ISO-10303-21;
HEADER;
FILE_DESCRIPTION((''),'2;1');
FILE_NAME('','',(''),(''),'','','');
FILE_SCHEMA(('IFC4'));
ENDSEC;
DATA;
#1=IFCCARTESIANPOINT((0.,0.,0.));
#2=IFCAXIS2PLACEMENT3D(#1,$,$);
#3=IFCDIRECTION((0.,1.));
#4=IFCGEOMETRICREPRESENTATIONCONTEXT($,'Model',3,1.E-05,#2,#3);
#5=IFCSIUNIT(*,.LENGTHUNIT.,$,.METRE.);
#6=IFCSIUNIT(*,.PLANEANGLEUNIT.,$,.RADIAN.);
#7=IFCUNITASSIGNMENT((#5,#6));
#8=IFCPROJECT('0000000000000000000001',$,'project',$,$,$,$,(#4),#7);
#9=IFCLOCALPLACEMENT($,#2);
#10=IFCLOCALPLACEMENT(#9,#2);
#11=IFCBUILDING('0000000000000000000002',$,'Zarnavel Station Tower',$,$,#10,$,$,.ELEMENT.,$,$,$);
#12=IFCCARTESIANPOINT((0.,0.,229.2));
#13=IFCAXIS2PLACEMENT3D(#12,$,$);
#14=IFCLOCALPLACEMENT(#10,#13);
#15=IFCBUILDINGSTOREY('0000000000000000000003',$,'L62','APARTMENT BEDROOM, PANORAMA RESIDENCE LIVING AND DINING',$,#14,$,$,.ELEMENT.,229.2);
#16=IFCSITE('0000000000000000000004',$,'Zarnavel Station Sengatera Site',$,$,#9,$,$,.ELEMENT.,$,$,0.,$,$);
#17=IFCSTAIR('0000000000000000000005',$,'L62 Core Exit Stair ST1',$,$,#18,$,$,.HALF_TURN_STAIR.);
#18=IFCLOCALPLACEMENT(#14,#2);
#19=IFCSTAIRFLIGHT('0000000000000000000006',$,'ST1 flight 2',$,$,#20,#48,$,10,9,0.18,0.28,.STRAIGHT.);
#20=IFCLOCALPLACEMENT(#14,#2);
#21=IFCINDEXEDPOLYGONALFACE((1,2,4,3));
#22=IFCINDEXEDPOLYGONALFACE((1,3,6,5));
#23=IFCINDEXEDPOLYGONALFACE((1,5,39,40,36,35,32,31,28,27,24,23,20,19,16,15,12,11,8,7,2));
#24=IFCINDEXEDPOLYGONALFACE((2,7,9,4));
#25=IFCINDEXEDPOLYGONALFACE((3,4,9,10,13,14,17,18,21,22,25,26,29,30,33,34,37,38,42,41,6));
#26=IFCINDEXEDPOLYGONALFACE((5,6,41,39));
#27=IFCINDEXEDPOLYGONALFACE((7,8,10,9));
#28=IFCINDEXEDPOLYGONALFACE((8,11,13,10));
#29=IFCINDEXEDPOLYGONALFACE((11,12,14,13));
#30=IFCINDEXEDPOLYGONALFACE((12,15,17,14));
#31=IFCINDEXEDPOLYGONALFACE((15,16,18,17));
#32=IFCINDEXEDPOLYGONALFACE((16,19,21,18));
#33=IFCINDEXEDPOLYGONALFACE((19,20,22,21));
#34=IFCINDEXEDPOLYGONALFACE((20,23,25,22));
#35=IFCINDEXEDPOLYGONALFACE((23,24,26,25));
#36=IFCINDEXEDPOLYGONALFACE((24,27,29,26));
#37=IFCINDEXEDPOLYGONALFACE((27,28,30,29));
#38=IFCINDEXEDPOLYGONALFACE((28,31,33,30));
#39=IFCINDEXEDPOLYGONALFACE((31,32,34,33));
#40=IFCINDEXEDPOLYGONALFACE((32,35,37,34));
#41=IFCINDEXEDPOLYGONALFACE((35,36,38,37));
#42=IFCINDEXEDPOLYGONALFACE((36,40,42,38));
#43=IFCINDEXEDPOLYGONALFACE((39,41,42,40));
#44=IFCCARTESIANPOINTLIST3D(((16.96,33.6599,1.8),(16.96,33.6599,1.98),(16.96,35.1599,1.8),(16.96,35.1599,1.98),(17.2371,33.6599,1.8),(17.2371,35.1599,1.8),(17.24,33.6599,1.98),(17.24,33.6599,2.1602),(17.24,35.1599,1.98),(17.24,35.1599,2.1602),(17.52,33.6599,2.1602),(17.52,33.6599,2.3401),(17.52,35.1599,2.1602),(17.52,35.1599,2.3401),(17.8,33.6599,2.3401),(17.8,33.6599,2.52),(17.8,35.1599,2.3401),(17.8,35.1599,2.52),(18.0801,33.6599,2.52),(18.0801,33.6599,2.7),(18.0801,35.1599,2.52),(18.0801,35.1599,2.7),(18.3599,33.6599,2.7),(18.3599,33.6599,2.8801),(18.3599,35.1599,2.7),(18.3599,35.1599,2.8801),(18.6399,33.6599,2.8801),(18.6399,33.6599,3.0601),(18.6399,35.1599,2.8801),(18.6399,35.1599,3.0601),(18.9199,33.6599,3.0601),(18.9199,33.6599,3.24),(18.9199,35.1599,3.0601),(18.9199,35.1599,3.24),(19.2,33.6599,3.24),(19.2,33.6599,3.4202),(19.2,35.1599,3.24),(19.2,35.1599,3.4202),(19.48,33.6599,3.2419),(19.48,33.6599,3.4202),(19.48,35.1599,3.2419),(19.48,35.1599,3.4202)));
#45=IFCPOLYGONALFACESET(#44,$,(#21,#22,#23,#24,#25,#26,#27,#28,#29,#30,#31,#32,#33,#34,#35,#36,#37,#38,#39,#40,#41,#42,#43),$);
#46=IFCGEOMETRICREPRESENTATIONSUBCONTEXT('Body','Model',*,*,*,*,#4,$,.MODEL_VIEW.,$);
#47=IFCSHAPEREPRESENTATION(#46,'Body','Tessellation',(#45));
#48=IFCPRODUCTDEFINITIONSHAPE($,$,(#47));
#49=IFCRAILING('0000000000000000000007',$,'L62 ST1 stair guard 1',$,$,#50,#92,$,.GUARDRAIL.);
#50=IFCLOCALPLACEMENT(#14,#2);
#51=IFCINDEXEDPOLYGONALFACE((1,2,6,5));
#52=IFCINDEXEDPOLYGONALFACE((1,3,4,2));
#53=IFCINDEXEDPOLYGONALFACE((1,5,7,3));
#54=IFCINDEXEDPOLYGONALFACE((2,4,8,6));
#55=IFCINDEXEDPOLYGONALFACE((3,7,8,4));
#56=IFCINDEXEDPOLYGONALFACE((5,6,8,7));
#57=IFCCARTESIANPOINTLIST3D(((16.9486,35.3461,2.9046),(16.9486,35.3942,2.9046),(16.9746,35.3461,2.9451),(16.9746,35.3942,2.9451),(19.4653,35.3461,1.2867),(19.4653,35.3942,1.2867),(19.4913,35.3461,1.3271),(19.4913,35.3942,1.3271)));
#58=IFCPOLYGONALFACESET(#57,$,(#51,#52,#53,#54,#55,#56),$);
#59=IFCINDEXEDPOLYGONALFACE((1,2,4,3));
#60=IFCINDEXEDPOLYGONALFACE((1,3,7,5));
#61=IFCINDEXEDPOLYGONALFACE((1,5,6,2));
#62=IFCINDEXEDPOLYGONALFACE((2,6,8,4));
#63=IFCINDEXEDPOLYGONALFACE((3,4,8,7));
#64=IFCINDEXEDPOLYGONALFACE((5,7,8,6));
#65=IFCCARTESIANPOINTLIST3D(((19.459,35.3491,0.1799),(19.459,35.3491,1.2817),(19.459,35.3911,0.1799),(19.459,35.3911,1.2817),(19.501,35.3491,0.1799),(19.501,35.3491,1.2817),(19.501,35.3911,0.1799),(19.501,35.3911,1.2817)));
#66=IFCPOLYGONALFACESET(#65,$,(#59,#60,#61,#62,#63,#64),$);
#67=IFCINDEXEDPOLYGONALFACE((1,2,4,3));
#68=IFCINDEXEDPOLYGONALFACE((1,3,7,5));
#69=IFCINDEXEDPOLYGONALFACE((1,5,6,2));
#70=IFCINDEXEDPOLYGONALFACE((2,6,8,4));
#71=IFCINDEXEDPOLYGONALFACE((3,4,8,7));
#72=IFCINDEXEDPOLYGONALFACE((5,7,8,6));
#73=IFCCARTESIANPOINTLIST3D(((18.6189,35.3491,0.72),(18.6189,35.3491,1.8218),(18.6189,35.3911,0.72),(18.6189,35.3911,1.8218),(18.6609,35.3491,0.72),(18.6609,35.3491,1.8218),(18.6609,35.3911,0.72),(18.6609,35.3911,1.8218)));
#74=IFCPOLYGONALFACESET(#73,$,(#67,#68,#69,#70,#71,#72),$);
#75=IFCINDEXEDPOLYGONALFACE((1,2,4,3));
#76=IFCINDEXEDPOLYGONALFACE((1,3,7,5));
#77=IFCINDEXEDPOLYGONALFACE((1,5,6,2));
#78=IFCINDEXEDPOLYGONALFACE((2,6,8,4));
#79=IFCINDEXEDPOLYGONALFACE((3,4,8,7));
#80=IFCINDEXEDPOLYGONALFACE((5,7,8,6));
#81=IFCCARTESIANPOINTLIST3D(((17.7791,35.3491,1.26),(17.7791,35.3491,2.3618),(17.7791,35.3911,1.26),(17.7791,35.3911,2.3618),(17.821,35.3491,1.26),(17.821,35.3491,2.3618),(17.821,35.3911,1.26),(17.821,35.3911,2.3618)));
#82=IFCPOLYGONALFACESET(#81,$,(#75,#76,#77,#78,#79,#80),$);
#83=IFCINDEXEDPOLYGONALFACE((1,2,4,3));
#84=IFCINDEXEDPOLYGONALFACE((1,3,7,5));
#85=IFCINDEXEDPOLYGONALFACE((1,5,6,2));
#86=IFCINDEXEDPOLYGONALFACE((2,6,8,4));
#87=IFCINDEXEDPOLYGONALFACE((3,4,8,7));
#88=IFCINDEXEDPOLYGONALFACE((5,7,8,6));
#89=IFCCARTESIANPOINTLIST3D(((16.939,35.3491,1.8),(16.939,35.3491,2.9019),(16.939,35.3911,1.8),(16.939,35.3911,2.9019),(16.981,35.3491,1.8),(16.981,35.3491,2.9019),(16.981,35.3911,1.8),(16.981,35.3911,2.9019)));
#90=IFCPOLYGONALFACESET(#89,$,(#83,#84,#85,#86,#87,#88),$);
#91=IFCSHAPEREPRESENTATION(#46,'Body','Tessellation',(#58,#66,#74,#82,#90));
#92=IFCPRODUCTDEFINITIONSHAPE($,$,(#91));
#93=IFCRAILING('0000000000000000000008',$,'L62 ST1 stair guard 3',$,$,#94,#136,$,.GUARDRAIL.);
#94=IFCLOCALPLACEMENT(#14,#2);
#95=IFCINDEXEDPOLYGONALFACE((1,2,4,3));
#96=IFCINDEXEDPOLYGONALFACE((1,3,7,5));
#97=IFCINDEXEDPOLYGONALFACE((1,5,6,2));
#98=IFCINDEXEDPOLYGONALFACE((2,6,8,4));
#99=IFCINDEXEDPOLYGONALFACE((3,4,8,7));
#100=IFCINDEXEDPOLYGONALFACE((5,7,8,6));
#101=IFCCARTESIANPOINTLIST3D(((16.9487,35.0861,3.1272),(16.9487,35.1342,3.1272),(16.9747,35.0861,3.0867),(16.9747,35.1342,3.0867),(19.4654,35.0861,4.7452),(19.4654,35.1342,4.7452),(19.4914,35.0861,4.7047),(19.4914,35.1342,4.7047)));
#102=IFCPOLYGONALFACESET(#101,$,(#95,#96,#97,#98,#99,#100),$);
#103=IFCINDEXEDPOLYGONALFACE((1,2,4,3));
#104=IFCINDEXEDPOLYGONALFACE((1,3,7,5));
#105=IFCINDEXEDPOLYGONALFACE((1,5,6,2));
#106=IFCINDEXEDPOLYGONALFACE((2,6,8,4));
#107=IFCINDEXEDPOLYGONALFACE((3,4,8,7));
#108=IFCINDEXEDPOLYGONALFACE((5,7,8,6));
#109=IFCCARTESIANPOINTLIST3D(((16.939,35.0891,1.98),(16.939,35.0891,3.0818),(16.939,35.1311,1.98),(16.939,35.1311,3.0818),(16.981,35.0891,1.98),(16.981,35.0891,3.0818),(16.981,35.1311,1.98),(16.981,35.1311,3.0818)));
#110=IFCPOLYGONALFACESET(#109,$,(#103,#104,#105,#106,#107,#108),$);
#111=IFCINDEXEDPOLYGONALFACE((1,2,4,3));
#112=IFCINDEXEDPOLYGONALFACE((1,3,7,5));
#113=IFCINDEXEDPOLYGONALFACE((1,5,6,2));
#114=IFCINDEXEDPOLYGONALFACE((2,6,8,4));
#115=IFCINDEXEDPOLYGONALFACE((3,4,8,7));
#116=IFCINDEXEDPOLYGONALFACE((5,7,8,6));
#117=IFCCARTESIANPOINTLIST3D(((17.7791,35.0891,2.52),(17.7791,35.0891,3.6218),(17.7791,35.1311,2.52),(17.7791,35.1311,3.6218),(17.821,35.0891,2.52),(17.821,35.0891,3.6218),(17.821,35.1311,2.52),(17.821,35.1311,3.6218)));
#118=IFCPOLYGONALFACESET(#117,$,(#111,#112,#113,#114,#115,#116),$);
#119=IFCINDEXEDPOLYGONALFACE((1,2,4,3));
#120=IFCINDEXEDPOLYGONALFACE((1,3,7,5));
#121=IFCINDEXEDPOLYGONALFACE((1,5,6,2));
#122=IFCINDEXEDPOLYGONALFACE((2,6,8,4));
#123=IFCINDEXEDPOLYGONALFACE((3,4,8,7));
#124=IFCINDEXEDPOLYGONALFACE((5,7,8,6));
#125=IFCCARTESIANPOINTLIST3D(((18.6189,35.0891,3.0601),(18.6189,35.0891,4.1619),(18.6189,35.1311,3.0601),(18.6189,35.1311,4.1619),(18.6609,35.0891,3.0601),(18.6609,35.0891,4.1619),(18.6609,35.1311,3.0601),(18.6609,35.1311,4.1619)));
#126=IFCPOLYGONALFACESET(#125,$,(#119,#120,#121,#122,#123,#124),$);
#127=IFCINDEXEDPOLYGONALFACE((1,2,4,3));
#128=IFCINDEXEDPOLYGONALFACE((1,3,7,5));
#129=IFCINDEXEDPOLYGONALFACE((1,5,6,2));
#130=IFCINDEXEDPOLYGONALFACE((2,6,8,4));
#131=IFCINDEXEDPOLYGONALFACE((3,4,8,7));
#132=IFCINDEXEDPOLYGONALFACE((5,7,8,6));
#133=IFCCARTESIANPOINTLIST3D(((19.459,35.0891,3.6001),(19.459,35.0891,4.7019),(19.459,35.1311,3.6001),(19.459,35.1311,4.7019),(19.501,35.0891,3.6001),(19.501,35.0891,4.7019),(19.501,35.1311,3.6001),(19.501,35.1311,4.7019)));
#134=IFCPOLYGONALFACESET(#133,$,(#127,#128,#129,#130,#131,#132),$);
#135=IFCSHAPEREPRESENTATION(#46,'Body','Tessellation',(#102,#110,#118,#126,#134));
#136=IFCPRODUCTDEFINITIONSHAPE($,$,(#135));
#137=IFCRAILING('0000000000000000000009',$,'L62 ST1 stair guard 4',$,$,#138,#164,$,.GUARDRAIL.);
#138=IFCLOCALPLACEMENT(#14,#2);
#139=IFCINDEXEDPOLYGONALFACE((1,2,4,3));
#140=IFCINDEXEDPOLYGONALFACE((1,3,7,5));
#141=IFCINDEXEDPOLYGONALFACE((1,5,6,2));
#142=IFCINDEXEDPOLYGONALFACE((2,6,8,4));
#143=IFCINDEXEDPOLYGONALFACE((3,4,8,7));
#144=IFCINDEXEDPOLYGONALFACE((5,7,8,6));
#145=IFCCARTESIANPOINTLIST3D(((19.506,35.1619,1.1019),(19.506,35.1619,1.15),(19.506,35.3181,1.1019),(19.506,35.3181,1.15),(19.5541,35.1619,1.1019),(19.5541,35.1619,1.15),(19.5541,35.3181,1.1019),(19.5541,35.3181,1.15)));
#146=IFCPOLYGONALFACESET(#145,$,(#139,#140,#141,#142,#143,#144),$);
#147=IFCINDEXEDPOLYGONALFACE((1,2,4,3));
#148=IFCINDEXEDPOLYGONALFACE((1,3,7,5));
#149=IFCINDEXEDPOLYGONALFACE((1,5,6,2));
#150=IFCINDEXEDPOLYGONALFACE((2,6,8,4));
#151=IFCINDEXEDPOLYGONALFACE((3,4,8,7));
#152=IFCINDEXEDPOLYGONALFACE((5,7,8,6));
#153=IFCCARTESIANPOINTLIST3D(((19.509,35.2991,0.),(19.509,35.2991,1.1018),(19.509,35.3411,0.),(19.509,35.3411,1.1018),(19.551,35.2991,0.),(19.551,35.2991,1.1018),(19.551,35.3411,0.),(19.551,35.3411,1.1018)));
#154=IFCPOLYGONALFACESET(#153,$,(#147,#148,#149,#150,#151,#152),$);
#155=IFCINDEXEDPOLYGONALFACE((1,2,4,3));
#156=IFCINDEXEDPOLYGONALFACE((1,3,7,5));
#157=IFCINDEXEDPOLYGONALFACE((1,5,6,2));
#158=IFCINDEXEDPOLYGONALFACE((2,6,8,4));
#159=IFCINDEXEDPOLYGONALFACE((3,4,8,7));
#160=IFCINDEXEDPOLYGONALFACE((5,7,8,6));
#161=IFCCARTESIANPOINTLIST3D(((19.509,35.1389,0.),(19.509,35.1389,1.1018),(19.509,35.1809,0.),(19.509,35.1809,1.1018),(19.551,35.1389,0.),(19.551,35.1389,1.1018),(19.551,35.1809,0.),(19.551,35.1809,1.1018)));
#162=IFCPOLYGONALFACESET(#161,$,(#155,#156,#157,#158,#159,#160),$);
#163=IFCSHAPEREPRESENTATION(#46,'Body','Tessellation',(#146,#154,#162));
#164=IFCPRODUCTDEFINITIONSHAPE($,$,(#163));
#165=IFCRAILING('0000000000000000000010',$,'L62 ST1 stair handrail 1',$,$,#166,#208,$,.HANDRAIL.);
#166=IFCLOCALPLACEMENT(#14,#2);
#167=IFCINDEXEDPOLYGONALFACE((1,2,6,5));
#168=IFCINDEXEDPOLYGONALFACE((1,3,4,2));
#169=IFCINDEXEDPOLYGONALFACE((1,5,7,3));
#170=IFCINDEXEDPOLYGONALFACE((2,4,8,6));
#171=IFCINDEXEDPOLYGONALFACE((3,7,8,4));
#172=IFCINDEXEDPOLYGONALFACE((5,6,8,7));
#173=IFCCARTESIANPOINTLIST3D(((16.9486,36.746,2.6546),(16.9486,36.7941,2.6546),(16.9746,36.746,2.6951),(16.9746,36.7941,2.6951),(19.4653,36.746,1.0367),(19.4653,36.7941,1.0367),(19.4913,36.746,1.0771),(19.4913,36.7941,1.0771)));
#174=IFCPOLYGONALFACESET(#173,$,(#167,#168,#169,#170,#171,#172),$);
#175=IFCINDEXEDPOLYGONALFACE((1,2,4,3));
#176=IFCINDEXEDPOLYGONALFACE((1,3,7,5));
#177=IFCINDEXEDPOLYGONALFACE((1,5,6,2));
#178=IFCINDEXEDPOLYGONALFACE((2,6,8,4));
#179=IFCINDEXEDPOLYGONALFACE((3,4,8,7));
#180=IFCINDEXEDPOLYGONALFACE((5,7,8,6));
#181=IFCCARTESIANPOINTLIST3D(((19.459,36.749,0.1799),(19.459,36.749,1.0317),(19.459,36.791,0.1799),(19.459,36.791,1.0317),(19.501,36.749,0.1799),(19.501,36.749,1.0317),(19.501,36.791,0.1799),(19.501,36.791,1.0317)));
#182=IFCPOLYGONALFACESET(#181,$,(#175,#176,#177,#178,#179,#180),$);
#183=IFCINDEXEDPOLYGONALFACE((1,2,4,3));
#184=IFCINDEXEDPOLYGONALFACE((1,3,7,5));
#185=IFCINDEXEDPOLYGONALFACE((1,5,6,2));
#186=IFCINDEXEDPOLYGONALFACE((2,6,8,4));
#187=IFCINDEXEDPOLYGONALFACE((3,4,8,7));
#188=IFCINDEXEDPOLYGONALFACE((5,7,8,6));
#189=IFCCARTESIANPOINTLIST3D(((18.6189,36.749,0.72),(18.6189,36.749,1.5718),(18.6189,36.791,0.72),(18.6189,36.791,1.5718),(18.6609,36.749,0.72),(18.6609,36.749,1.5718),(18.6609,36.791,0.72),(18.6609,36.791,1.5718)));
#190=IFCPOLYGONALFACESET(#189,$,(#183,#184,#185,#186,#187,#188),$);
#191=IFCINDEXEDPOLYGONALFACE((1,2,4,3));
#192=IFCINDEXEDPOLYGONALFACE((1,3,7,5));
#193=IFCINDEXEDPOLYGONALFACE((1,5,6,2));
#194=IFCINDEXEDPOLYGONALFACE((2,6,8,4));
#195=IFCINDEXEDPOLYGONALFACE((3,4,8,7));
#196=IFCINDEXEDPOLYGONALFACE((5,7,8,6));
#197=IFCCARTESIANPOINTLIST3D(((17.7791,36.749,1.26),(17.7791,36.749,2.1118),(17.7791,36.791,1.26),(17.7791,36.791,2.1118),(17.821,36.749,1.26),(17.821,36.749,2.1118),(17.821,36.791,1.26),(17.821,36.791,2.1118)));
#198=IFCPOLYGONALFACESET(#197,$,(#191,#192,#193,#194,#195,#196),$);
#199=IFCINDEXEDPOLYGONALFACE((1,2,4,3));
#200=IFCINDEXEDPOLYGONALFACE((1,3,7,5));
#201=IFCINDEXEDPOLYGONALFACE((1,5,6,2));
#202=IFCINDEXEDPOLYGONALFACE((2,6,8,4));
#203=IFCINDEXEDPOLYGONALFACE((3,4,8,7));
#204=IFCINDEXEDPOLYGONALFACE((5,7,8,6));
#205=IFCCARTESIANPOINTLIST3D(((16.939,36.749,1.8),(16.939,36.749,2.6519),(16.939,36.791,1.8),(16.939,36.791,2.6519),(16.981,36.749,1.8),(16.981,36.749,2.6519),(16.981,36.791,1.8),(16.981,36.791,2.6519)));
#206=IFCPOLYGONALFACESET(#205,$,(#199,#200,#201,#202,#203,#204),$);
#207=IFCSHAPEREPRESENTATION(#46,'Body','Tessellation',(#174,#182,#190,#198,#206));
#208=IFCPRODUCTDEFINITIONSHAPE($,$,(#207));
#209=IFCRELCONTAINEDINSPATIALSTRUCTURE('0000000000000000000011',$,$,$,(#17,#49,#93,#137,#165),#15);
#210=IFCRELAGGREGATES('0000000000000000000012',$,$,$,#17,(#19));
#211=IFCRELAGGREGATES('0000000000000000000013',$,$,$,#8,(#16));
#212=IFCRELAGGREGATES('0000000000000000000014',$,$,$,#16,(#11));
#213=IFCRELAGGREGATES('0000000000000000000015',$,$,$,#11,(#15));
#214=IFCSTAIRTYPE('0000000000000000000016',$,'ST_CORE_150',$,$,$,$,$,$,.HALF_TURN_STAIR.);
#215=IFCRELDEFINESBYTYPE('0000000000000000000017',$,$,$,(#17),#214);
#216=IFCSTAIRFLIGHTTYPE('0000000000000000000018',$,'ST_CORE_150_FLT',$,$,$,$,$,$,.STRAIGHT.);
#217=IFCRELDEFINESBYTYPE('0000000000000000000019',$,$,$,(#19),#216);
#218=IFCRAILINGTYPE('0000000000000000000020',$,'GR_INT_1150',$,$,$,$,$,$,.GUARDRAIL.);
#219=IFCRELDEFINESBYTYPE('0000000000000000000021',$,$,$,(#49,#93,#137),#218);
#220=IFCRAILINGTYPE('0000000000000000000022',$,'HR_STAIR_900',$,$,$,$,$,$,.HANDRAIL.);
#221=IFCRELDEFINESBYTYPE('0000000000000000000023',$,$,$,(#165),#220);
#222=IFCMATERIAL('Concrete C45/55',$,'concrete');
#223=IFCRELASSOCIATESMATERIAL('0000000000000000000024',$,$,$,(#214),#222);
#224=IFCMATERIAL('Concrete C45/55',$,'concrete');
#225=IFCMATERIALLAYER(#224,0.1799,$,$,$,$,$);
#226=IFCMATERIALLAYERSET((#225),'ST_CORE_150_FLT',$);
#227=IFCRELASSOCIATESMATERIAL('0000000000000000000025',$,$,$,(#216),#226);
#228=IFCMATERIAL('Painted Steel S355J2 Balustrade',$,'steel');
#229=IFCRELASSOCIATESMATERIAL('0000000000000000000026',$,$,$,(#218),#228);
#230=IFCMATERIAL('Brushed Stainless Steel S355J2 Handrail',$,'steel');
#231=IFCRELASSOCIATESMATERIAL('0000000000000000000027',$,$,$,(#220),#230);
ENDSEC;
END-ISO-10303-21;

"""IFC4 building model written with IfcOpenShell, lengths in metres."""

from ifc_helpers import new_model, si_unit, direction, frame, origin, origin_2d, place, context, subcontext, project, spatial, polyline, rectangle, outline, extrude, material, layer, layer_set, type_object, element, aggregate, save


model = new_model("IFC4")

# Units and contexts
model_context = context("Model", 3, precision=1e-05, world=origin(), true_north=direction((0.0, 1.0)))
body_context = subcontext(model_context, "Body", "Model", "MODEL_VIEW")
ifc_project = project(units=[si_unit("LENGTHUNIT", "METRE"), si_unit("PLANEANGLEUNIT", "RADIAN")], contexts=[model_context])

# Site, building, storey
site_placement = place(None, origin())
site = spatial("IfcSite", under=ifc_project, at=site_placement, Name="Zarnavel Station Sengatera Site", CompositionType="ELEMENT", RefElevation=0.0)
building_placement = place(site_placement, origin())
building = spatial("IfcBuilding", under=site, at=building_placement, Name="Zarnavel Station Tower", CompositionType="ELEMENT")
storey_placement = place(building_placement, frame((0.0, 0.0, 229.2)))
storey = spatial("IfcBuildingStorey", under=building, at=storey_placement, Name="L62", Description="APARTMENT BEDROOM, PANORAMA RESIDENCE LIVING AND DINING", CompositionType="ELEMENT", Elevation=229.2)

# Stair, stair flight
ifc_material_1 = material(Name="Concrete C45/55", Category="concrete")
stair_type = type_object("IfcStairType", Name="ST_CORE_150", PredefinedType="HALF_TURN_STAIR", material=ifc_material_1)
stair_placement = place(storey_placement, origin())
stair = element("IfcStair", 1, at=stair_placement, inside=storey, type_object=stair_type, Name="L62 Core Exit Stair ST1", PredefinedType="HALF_TURN_STAIR")
ifc_material_2 = material(Name="Concrete C45/55", Category="concrete")
ifc_layer_1 = layer(ifc_material_2, 0.1799)
ifc_layer_set_1 = layer_set([ifc_layer_1], Name="ST_CORE_150_FLT")
stair_flight_type = type_object("IfcStairFlightType", Name="ST_CORE_150_FLT", PredefinedType="STRAIGHT", material=ifc_layer_set_1)
stair_flight_1_placement = place(storey_placement, frame((16.96, 34.4099, 1.8), z_axis=(0.0, 0.0, 1.0), x_axis=(1.0, 0.0, 0.0)))
stair_flight_1 = element("IfcStairFlight", 2, at=stair_flight_1_placement, type_object=stair_flight_type, Name="ST1 flight 2", NumberOfRisers=10, NumberOfTreads=9, PredefinedType="STRAIGHT", RiserHeight=0.18, TreadLength=0.28, context=body_context, shape_type="SweptSolid", body=[
    extrude(outline(polyline([(0.0, 0.0), (0.0, 0.1799), (0.28, 0.1799), (0.28, 0.3601), (0.5601, 0.3601), (0.5601, 0.54), (0.8401, 0.54), (0.8401, 0.72), (1.1201, 0.72), (1.1201, 0.8999), (1.3999, 0.8999), (1.3999, 1.0801), (1.6799, 1.0801), (1.6799, 1.26), (1.96, 1.26), (1.96, 1.4399), (2.24, 1.4399), (2.24, 1.6201), (2.52, 1.6201), (2.52, 1.8), (2.52, 1.4419), (0.2771, 0.0), (0.0, 0.0)])), frame((0.0, 0.75, 0.0), z_axis=(0.0, -1.0, 0.0), x_axis=(1.0, 0.0, 0.0)), (0.0, 0.0, 1.0), 1.5),
])
aggregate(stair, [stair_flight_1])

# Railings
ifc_material_3 = material(Name="Painted Steel S355J2 Balustrade", Category="steel")
railing_type_1 = type_object("IfcRailingType", Name="GR_INT_1150", PredefinedType="GUARDRAIL", material=ifc_material_3)
railing_1_placement = place(storey_placement, frame((19.48, 35.3701, 0.1799)))
element("IfcRailing", 3, at=railing_1_placement, inside=storey, type_object=railing_type_1, Name="L62 ST1 stair guard 1", PredefinedType="GUARDRAIL", context=body_context, shape_type="SweptSolid", body=[
    extrude(rectangle(XDim=0.0481, YDim=0.0481, at=origin_2d()), frame((-0.0017, 0.0, 1.127), z_axis=(-0.841163, 0.0, 0.540782), x_axis=(0.0, -1.0, 0.0)), (0.0, 0.0, 1.0), 2.9919),
    extrude(rectangle(XDim=0.042, YDim=0.042, at=origin_2d()), origin(), (0.0, 0.0, 1.0), 1.1018),
    extrude(rectangle(XDim=0.042, YDim=0.042, at=origin_2d()), frame((-0.8401, 0.0, 0.54)), (0.0, 0.0, 1.0), 1.1018),
    extrude(rectangle(XDim=0.042, YDim=0.042, at=origin_2d()), frame((-1.6799, 0.0, 1.0801)), (0.0, 0.0, 1.0), 1.1018),
    extrude(rectangle(XDim=0.042, YDim=0.042, at=origin_2d()), frame((-2.52, 0.0, 1.6201)), (0.0, 0.0, 1.0), 1.1018),
])
railing_2_placement = place(storey_placement, frame((16.96, 35.1101, 1.98)))
element("IfcRailing", 4, at=railing_2_placement, inside=storey, type_object=railing_type_1, Name="L62 ST1 stair guard 3", PredefinedType="GUARDRAIL", context=body_context, shape_type="SweptSolid", body=[
    extrude(rectangle(XDim=0.0481, YDim=0.0481, at=origin_2d()), frame((0.0017, 0.0, 1.127), z_axis=(0.841163, 0.0, 0.540782), x_axis=(0.0, 1.0, 0.0)), (0.0, 0.0, 1.0), 2.9919),
    extrude(rectangle(XDim=0.042, YDim=0.042, at=origin_2d()), origin(), (0.0, 0.0, 1.0), 1.1018),
    extrude(rectangle(XDim=0.042, YDim=0.042, at=origin_2d()), frame((0.8401, 0.0, 0.54)), (0.0, 0.0, 1.0), 1.1018),
    extrude(rectangle(XDim=0.042, YDim=0.042, at=origin_2d()), frame((1.6799, 0.0, 1.0801)), (0.0, 0.0, 1.0), 1.1018),
    extrude(rectangle(XDim=0.042, YDim=0.042, at=origin_2d()), frame((2.52, 0.0, 1.6201)), (0.0, 0.0, 1.0), 1.1018),
])
railing_3_placement = place(storey_placement, frame((19.53, 35.3201, 0.0)))
element("IfcRailing", 5, at=railing_3_placement, inside=storey, type_object=railing_type_1, Name="L62 ST1 stair guard 4", PredefinedType="GUARDRAIL", context=body_context, shape_type="SweptSolid", body=[
    extrude(rectangle(XDim=0.0481, YDim=0.0481, at=origin_2d()), frame((0.0, -0.002, 1.126), z_axis=(0.0, -1.0, 0.0), x_axis=(1.0, 0.0, 0.0)), (0.0, 0.0, 1.0), 0.1562),
    extrude(rectangle(XDim=0.042, YDim=0.042, at=origin_2d()), origin(), (0.0, 0.0, 1.0), 1.1018),
    extrude(rectangle(XDim=0.042, YDim=0.042, at=origin_2d()), frame((0.0, -0.1602, 0.0)), (0.0, 0.0, 1.0), 1.1018),
])
ifc_material_4 = material(Name="Brushed Stainless Steel S355J2 Handrail", Category="steel")
railing_type_2 = type_object("IfcRailingType", Name="HR_STAIR_900", PredefinedType="HANDRAIL", material=ifc_material_4)
railing_4_placement = place(storey_placement, frame((19.48, 36.77, 0.1799)))
element("IfcRailing", 6, at=railing_4_placement, inside=storey, type_object=railing_type_2, Name="L62 ST1 stair handrail 1", PredefinedType="HANDRAIL", context=body_context, shape_type="SweptSolid", body=[
    extrude(rectangle(XDim=0.0481, YDim=0.0481, at=origin_2d()), frame((-0.0017, 0.0, 0.877), z_axis=(-0.841163, 0.0, 0.540782), x_axis=(0.0, -1.0, 0.0)), (0.0, 0.0, 1.0), 2.9919),
    extrude(rectangle(XDim=0.042, YDim=0.042, at=origin_2d()), origin(), (0.0, 0.0, 1.0), 0.8518),
    extrude(rectangle(XDim=0.042, YDim=0.042, at=origin_2d()), frame((-0.8401, 0.0, 0.54)), (0.0, 0.0, 1.0), 0.8518),
    extrude(rectangle(XDim=0.042, YDim=0.042, at=origin_2d()), frame((-1.6799, 0.0, 1.0801)), (0.0, 0.0, 1.0), 0.8518),
    extrude(rectangle(XDim=0.042, YDim=0.042, at=origin_2d()), frame((-2.52, 0.0, 1.6201)), (0.0, 0.0, 1.0), 0.8518),
])

save(model, "model.ifc")
